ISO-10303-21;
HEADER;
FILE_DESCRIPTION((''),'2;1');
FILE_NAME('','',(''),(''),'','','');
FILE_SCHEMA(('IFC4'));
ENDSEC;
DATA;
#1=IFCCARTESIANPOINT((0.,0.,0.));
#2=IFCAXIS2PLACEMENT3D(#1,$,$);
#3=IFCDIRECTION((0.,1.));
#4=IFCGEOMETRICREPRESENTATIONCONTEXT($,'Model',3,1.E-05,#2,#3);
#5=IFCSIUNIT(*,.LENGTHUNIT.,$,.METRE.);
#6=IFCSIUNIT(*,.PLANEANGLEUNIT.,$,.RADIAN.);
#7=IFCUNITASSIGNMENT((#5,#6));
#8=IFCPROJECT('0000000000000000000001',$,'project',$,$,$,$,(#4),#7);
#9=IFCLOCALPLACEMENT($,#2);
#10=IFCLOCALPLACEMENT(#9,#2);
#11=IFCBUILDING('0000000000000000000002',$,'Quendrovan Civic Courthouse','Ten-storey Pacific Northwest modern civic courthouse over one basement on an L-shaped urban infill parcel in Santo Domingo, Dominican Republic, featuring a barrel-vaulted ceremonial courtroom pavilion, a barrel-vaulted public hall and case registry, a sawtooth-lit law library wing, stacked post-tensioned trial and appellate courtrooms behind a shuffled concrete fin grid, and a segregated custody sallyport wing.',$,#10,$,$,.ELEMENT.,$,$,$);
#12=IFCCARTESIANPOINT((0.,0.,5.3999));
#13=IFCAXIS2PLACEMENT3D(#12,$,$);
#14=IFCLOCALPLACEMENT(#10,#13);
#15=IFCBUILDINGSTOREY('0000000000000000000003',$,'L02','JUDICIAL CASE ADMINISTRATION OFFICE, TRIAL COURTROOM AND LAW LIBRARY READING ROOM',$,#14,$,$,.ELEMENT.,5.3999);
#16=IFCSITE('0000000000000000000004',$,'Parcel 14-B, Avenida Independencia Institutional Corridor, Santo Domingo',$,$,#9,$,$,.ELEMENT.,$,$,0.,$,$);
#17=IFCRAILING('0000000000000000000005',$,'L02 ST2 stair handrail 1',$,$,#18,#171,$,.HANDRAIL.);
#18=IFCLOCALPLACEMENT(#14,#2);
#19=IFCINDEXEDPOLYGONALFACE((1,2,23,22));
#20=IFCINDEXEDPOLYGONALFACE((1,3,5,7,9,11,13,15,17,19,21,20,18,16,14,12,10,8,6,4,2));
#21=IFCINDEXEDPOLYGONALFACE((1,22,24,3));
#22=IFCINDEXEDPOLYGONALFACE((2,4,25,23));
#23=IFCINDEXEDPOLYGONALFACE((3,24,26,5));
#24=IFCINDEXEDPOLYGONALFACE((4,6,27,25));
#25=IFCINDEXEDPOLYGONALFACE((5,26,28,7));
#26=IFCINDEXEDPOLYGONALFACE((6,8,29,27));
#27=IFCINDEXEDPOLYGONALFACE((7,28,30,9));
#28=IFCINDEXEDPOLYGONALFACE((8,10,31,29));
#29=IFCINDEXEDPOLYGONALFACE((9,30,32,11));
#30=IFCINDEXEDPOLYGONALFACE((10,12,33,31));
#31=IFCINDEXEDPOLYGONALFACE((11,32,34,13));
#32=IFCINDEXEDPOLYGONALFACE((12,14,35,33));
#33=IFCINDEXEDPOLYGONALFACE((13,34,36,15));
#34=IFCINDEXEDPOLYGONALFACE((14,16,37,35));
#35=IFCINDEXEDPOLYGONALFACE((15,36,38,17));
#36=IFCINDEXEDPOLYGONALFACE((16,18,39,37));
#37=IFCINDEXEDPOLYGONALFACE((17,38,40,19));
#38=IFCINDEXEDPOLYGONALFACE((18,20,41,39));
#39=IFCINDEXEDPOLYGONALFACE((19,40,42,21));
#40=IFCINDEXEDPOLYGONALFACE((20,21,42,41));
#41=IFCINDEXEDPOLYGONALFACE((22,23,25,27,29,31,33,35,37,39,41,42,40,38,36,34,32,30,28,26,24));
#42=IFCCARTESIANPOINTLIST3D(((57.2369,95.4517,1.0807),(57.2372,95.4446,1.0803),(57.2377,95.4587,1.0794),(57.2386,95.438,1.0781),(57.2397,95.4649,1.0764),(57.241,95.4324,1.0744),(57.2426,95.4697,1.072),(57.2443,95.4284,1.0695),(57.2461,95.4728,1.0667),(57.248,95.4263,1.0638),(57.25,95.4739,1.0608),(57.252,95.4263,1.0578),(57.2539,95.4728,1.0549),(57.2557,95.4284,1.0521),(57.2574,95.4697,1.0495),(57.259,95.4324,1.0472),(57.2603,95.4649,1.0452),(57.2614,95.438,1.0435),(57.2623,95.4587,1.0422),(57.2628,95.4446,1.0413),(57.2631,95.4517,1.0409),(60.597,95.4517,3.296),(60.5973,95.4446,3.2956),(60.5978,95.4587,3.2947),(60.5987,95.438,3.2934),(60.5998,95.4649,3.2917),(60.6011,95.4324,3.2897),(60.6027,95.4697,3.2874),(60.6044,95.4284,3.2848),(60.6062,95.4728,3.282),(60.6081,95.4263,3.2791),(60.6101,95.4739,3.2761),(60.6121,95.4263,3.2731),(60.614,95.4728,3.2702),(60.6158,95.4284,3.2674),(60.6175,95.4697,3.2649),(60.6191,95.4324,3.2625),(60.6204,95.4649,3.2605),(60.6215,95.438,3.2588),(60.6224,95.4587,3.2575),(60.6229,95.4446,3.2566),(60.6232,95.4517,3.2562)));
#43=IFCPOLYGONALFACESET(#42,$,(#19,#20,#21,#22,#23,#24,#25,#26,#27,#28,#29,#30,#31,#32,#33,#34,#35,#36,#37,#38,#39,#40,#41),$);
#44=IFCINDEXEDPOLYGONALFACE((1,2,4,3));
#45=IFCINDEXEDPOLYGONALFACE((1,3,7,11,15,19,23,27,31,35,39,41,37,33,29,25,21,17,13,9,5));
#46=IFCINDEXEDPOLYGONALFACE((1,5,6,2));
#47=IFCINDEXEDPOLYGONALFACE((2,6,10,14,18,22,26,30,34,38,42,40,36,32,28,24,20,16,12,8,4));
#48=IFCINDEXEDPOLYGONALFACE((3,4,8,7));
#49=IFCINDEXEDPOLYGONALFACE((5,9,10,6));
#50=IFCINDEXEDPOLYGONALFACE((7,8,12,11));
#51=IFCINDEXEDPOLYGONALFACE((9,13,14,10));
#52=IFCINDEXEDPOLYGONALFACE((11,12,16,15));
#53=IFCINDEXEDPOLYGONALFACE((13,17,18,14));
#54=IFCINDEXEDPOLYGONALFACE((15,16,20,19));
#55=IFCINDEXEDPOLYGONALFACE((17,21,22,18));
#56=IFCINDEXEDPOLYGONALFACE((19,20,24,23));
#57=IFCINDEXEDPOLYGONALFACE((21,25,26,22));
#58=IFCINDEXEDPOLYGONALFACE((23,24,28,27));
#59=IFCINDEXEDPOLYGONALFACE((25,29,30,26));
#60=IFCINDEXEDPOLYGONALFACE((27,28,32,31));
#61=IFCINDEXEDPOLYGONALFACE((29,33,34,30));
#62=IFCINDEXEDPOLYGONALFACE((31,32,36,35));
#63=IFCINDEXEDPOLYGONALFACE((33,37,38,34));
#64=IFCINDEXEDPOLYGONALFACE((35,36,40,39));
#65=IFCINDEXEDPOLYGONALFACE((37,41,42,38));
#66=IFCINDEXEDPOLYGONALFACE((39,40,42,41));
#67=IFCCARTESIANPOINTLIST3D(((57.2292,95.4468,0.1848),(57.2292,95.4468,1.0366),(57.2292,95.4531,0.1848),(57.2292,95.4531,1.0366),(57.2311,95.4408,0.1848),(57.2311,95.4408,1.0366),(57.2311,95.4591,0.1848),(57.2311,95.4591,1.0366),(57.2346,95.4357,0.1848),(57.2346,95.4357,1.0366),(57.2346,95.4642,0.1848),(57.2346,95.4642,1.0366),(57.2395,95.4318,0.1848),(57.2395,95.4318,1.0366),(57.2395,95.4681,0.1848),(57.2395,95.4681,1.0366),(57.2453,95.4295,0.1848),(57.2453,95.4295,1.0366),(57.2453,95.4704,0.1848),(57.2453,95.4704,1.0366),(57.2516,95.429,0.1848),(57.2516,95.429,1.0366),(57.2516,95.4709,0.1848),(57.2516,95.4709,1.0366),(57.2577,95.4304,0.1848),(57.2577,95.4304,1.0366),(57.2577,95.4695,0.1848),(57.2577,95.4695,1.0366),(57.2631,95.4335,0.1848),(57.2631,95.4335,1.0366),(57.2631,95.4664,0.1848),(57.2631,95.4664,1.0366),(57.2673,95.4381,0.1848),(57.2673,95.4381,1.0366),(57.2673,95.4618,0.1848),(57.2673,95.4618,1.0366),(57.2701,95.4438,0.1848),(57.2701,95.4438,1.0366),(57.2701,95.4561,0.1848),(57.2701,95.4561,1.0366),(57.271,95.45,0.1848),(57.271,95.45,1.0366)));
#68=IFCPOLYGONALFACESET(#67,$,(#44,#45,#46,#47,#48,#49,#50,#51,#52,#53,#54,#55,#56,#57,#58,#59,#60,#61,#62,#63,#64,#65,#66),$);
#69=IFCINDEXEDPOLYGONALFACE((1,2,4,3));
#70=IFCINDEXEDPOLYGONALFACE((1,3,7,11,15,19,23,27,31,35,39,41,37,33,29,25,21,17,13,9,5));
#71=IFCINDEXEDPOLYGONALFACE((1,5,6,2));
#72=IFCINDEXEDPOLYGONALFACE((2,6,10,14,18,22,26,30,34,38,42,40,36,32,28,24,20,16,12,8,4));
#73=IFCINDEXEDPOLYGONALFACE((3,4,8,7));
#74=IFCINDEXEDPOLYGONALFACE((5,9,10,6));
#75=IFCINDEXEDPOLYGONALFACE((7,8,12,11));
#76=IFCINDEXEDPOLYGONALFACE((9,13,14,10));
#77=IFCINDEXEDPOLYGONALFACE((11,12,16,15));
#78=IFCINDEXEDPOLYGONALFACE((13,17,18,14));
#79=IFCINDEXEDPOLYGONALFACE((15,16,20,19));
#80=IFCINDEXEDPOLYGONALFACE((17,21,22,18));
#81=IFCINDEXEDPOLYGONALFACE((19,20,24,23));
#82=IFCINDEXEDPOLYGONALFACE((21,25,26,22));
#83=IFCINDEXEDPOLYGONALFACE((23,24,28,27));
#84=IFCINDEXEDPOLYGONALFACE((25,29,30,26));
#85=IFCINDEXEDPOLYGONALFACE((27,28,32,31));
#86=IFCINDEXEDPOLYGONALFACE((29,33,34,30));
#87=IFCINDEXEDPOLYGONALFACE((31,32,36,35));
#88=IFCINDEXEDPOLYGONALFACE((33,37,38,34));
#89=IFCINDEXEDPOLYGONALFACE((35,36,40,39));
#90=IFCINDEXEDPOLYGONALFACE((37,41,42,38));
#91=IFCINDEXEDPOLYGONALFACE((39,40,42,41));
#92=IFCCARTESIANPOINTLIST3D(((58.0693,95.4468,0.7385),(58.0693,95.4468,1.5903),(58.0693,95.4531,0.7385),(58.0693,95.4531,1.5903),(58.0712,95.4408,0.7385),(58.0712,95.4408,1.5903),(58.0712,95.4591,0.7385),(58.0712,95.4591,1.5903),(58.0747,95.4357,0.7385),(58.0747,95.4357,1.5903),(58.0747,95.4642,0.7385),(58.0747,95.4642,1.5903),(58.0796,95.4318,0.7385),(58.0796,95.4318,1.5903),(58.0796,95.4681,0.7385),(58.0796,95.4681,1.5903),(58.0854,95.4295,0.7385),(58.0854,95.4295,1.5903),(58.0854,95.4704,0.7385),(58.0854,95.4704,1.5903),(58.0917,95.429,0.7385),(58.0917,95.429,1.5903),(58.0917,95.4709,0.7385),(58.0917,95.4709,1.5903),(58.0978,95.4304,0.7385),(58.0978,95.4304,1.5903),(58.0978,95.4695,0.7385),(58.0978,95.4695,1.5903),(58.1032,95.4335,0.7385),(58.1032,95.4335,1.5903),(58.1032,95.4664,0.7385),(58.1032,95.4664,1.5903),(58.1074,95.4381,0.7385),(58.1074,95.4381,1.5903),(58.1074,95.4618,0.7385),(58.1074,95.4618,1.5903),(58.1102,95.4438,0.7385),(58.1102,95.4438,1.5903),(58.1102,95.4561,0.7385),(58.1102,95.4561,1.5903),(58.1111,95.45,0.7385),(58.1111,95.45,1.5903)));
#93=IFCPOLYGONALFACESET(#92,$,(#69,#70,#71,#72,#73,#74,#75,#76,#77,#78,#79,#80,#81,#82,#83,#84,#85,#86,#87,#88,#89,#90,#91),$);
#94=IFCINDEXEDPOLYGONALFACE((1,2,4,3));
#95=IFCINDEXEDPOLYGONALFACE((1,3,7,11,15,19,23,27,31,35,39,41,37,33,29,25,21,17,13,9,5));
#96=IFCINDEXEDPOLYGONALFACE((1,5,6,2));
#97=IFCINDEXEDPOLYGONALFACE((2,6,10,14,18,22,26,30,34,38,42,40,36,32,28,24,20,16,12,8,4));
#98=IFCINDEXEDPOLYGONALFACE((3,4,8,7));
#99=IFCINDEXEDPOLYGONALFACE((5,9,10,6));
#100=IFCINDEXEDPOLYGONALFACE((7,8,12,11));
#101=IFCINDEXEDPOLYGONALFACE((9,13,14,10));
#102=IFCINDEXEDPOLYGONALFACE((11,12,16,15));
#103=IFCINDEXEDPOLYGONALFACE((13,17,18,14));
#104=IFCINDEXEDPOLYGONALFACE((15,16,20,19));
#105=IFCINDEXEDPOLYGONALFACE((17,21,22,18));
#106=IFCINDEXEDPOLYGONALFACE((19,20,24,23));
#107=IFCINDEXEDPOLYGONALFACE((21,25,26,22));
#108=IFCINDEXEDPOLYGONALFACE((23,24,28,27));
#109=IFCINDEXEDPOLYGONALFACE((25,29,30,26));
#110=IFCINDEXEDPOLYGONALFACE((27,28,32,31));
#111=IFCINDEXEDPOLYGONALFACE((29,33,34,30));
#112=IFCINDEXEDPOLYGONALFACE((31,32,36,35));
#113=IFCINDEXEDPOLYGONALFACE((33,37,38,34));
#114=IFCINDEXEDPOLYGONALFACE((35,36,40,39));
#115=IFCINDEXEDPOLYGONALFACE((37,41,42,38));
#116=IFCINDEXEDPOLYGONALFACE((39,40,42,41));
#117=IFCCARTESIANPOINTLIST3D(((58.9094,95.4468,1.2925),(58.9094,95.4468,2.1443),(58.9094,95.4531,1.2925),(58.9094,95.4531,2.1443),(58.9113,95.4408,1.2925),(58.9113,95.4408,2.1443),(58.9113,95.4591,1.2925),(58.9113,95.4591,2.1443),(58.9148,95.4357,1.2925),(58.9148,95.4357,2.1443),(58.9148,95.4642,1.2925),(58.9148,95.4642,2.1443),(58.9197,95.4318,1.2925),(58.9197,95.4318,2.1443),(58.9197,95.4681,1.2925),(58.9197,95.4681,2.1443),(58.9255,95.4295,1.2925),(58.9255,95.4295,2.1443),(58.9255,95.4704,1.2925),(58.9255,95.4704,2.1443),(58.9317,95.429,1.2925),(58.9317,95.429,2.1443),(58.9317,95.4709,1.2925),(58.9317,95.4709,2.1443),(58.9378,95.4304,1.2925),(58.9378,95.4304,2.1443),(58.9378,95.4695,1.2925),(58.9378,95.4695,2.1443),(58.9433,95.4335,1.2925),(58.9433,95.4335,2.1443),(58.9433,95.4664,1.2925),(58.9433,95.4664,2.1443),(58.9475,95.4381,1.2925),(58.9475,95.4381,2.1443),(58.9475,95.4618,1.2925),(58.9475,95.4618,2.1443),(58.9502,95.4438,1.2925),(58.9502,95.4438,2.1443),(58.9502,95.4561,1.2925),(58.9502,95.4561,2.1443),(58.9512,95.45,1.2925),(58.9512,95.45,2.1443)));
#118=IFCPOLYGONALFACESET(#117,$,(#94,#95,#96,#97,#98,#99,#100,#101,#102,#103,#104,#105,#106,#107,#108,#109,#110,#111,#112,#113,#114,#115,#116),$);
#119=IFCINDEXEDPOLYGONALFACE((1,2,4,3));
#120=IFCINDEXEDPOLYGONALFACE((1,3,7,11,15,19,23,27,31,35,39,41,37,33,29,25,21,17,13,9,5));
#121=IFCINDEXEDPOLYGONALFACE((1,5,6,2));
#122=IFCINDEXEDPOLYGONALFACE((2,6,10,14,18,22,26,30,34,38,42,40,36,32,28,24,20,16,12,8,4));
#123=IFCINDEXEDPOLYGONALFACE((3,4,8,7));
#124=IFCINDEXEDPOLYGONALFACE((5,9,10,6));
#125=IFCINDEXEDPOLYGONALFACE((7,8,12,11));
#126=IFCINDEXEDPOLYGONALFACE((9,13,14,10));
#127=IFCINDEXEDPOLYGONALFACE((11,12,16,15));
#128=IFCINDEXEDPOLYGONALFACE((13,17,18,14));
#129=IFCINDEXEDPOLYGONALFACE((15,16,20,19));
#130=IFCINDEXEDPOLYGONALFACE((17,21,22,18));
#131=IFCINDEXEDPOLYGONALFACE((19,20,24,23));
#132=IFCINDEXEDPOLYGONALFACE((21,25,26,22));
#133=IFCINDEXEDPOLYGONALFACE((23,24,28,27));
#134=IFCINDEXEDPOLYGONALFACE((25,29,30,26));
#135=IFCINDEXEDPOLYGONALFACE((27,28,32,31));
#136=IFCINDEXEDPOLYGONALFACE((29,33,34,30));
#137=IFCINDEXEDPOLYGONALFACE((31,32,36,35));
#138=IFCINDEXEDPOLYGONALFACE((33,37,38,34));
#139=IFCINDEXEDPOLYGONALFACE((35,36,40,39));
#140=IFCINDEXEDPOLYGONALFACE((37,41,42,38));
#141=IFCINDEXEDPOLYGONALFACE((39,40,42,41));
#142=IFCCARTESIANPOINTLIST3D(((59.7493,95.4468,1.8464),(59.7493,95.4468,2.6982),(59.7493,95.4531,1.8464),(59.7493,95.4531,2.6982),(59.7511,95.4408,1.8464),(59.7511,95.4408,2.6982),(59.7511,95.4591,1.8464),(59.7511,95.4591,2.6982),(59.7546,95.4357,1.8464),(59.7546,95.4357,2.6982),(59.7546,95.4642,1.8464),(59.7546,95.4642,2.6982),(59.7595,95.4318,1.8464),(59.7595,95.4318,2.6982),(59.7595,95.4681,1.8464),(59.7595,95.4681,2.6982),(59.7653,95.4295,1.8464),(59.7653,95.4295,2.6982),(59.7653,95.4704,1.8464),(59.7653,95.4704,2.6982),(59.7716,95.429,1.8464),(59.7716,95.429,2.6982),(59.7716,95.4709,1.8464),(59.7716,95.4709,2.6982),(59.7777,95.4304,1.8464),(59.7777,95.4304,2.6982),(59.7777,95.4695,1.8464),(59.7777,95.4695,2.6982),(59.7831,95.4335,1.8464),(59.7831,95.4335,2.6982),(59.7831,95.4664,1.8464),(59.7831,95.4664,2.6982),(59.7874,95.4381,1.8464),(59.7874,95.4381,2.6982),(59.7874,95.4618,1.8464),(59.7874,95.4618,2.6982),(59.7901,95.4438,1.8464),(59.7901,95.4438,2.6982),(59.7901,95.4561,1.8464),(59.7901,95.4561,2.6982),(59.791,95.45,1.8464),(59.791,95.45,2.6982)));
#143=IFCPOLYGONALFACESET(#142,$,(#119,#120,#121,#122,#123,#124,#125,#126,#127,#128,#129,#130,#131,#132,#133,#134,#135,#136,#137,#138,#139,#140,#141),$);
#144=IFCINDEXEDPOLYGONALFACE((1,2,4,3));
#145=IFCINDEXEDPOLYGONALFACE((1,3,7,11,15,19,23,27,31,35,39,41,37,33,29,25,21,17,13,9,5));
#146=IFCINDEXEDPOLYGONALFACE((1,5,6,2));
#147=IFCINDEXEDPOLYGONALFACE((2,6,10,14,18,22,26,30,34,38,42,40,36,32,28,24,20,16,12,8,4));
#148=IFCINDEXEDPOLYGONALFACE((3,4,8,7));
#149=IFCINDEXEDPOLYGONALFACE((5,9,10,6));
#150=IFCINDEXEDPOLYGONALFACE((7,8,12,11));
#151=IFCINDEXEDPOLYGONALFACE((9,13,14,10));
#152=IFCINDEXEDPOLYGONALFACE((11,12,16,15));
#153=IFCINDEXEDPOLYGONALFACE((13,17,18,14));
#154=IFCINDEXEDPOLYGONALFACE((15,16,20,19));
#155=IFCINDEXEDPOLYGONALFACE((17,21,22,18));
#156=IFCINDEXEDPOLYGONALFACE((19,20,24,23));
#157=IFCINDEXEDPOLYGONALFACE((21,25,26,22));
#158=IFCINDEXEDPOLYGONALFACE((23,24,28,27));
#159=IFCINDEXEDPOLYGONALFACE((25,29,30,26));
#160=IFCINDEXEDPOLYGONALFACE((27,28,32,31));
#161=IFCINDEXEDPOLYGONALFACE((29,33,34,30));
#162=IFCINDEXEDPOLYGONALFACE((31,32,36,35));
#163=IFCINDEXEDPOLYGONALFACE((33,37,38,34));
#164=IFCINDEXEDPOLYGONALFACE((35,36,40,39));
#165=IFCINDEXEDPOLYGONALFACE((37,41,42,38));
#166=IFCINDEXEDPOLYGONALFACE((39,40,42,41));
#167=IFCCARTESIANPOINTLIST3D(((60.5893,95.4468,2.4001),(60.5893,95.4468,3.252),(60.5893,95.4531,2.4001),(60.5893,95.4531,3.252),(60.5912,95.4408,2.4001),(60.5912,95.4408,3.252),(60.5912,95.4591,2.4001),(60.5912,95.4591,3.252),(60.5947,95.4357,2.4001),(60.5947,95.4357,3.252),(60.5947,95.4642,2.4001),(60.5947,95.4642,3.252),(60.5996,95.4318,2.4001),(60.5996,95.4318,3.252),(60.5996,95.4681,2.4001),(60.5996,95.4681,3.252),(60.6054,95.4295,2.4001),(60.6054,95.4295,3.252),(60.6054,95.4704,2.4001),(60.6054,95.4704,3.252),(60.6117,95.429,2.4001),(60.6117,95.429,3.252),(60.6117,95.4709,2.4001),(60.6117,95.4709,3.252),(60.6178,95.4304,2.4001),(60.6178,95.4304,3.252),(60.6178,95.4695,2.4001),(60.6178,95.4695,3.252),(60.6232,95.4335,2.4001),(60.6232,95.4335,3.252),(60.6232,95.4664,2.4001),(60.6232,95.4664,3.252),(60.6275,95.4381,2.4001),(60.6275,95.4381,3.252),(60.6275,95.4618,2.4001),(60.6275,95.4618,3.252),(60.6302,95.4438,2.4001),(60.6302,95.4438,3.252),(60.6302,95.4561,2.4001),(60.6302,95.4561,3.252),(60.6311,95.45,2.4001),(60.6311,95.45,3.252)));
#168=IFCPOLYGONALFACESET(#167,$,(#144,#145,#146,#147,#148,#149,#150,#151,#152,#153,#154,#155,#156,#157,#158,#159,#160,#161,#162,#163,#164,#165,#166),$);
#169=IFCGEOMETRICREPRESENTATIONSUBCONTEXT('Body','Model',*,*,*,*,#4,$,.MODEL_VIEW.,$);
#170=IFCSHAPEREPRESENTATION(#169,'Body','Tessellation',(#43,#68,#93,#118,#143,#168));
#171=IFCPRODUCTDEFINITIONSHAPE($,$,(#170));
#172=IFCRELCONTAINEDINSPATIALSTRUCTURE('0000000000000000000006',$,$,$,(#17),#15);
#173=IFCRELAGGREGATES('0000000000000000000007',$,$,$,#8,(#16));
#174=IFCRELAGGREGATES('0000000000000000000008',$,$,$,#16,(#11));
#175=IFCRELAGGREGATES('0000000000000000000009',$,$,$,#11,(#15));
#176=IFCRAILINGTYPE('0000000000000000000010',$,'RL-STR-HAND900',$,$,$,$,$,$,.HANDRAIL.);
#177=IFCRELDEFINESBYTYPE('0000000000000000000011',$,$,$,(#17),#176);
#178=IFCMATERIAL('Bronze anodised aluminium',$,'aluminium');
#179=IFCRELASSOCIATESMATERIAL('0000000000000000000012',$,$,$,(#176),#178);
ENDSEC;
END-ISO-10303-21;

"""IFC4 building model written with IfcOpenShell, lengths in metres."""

from ifc_helpers import new_model, si_unit, direction, frame, origin, origin_2d, place, context, subcontext, project, spatial, circle, extrude, material, type_object, element, save


model = new_model("IFC4")

# Units and contexts
model_context = context("Model", 3, precision=1e-05, world=origin(), true_north=direction((0.0, 1.0)))
body_context = subcontext(model_context, "Body", "Model", "MODEL_VIEW")
ifc_project = project(units=[si_unit("LENGTHUNIT", "METRE"), si_unit("PLANEANGLEUNIT", "RADIAN")], contexts=[model_context])

# Site, building, storey
site_placement = place(None, origin())
site = spatial("IfcSite", under=ifc_project, at=site_placement, Name="Parcel 14-B, Avenida Independencia Institutional Corridor, Santo Domingo", CompositionType="ELEMENT", RefElevation=0.0)
building_placement = place(site_placement, origin())
building = spatial("IfcBuilding", under=site, at=building_placement, Name="Quendrovan Civic Courthouse", Description="Ten-storey Pacific Northwest modern civic courthouse over one basement on an L-shaped urban infill parcel in Santo Domingo, Dominican Republic, featuring a barrel-vaulted ceremonial courtroom pavilion, a barrel-vaulted public hall and case registry, a sawtooth-lit law library wing, stacked post-tensioned trial and appellate courtrooms behind a shuffled concrete fin grid, and a segregated custody sallyport wing.", CompositionType="ELEMENT")
storey_placement = place(building_placement, frame((0.0, 0.0, 5.3999)))
storey = spatial("IfcBuildingStorey", under=building, at=storey_placement, Name="L02", Description="JUDICIAL CASE ADMINISTRATION OFFICE, TRIAL COURTROOM AND LAW LIBRARY READING ROOM", CompositionType="ELEMENT", Elevation=5.3999)

# Railing
ifc_material_1 = material(Name="Bronze anodised aluminium", Category="aluminium")
railing_type_1 = type_object("IfcRailingType", Name="RL-STR-HAND900", PredefinedType="HANDRAIL", material=ifc_material_1)
railing_1_placement = place(storey_placement, frame((57.25, 95.45, 0.1848)))
element("IfcRailing", 1, at=railing_1_placement, inside=storey, type_object=railing_type_1, Name="L02 ST2 stair handrail 1", PredefinedType="HANDRAIL", context=body_context, shape_type="SweptSolid", body=[
    extrude(circle(Radius=0.0239, at=origin_2d()), frame((0.0, 0.0, 0.876), z_axis=(0.834876, 0.0, 0.550437), x_axis=(0.0, 1.0, 0.0)), (0.0, 0.0, 1.0), 4.0247),
    extrude(circle(Radius=0.021, at=origin_2d()), origin(), (0.0, 0.0, 1.0), 0.8518),
    extrude(circle(Radius=0.021, at=origin_2d()), frame((0.8401, 0.0, 0.5537)), (0.0, 0.0, 1.0), 0.8518),
    extrude(circle(Radius=0.021, at=origin_2d()), frame((1.6802, 0.0, 1.1077)), (0.0, 0.0, 1.0), 0.8518),
    extrude(circle(Radius=0.021, at=origin_2d()), frame((2.52, 0.0, 1.6616)), (0.0, 0.0, 1.0), 0.8518),
    extrude(circle(Radius=0.021, at=origin_2d()), frame((3.3601, 0.0, 2.2153)), (0.0, 0.0, 1.0), 0.8518),
])

save(model, "model.ifc")
